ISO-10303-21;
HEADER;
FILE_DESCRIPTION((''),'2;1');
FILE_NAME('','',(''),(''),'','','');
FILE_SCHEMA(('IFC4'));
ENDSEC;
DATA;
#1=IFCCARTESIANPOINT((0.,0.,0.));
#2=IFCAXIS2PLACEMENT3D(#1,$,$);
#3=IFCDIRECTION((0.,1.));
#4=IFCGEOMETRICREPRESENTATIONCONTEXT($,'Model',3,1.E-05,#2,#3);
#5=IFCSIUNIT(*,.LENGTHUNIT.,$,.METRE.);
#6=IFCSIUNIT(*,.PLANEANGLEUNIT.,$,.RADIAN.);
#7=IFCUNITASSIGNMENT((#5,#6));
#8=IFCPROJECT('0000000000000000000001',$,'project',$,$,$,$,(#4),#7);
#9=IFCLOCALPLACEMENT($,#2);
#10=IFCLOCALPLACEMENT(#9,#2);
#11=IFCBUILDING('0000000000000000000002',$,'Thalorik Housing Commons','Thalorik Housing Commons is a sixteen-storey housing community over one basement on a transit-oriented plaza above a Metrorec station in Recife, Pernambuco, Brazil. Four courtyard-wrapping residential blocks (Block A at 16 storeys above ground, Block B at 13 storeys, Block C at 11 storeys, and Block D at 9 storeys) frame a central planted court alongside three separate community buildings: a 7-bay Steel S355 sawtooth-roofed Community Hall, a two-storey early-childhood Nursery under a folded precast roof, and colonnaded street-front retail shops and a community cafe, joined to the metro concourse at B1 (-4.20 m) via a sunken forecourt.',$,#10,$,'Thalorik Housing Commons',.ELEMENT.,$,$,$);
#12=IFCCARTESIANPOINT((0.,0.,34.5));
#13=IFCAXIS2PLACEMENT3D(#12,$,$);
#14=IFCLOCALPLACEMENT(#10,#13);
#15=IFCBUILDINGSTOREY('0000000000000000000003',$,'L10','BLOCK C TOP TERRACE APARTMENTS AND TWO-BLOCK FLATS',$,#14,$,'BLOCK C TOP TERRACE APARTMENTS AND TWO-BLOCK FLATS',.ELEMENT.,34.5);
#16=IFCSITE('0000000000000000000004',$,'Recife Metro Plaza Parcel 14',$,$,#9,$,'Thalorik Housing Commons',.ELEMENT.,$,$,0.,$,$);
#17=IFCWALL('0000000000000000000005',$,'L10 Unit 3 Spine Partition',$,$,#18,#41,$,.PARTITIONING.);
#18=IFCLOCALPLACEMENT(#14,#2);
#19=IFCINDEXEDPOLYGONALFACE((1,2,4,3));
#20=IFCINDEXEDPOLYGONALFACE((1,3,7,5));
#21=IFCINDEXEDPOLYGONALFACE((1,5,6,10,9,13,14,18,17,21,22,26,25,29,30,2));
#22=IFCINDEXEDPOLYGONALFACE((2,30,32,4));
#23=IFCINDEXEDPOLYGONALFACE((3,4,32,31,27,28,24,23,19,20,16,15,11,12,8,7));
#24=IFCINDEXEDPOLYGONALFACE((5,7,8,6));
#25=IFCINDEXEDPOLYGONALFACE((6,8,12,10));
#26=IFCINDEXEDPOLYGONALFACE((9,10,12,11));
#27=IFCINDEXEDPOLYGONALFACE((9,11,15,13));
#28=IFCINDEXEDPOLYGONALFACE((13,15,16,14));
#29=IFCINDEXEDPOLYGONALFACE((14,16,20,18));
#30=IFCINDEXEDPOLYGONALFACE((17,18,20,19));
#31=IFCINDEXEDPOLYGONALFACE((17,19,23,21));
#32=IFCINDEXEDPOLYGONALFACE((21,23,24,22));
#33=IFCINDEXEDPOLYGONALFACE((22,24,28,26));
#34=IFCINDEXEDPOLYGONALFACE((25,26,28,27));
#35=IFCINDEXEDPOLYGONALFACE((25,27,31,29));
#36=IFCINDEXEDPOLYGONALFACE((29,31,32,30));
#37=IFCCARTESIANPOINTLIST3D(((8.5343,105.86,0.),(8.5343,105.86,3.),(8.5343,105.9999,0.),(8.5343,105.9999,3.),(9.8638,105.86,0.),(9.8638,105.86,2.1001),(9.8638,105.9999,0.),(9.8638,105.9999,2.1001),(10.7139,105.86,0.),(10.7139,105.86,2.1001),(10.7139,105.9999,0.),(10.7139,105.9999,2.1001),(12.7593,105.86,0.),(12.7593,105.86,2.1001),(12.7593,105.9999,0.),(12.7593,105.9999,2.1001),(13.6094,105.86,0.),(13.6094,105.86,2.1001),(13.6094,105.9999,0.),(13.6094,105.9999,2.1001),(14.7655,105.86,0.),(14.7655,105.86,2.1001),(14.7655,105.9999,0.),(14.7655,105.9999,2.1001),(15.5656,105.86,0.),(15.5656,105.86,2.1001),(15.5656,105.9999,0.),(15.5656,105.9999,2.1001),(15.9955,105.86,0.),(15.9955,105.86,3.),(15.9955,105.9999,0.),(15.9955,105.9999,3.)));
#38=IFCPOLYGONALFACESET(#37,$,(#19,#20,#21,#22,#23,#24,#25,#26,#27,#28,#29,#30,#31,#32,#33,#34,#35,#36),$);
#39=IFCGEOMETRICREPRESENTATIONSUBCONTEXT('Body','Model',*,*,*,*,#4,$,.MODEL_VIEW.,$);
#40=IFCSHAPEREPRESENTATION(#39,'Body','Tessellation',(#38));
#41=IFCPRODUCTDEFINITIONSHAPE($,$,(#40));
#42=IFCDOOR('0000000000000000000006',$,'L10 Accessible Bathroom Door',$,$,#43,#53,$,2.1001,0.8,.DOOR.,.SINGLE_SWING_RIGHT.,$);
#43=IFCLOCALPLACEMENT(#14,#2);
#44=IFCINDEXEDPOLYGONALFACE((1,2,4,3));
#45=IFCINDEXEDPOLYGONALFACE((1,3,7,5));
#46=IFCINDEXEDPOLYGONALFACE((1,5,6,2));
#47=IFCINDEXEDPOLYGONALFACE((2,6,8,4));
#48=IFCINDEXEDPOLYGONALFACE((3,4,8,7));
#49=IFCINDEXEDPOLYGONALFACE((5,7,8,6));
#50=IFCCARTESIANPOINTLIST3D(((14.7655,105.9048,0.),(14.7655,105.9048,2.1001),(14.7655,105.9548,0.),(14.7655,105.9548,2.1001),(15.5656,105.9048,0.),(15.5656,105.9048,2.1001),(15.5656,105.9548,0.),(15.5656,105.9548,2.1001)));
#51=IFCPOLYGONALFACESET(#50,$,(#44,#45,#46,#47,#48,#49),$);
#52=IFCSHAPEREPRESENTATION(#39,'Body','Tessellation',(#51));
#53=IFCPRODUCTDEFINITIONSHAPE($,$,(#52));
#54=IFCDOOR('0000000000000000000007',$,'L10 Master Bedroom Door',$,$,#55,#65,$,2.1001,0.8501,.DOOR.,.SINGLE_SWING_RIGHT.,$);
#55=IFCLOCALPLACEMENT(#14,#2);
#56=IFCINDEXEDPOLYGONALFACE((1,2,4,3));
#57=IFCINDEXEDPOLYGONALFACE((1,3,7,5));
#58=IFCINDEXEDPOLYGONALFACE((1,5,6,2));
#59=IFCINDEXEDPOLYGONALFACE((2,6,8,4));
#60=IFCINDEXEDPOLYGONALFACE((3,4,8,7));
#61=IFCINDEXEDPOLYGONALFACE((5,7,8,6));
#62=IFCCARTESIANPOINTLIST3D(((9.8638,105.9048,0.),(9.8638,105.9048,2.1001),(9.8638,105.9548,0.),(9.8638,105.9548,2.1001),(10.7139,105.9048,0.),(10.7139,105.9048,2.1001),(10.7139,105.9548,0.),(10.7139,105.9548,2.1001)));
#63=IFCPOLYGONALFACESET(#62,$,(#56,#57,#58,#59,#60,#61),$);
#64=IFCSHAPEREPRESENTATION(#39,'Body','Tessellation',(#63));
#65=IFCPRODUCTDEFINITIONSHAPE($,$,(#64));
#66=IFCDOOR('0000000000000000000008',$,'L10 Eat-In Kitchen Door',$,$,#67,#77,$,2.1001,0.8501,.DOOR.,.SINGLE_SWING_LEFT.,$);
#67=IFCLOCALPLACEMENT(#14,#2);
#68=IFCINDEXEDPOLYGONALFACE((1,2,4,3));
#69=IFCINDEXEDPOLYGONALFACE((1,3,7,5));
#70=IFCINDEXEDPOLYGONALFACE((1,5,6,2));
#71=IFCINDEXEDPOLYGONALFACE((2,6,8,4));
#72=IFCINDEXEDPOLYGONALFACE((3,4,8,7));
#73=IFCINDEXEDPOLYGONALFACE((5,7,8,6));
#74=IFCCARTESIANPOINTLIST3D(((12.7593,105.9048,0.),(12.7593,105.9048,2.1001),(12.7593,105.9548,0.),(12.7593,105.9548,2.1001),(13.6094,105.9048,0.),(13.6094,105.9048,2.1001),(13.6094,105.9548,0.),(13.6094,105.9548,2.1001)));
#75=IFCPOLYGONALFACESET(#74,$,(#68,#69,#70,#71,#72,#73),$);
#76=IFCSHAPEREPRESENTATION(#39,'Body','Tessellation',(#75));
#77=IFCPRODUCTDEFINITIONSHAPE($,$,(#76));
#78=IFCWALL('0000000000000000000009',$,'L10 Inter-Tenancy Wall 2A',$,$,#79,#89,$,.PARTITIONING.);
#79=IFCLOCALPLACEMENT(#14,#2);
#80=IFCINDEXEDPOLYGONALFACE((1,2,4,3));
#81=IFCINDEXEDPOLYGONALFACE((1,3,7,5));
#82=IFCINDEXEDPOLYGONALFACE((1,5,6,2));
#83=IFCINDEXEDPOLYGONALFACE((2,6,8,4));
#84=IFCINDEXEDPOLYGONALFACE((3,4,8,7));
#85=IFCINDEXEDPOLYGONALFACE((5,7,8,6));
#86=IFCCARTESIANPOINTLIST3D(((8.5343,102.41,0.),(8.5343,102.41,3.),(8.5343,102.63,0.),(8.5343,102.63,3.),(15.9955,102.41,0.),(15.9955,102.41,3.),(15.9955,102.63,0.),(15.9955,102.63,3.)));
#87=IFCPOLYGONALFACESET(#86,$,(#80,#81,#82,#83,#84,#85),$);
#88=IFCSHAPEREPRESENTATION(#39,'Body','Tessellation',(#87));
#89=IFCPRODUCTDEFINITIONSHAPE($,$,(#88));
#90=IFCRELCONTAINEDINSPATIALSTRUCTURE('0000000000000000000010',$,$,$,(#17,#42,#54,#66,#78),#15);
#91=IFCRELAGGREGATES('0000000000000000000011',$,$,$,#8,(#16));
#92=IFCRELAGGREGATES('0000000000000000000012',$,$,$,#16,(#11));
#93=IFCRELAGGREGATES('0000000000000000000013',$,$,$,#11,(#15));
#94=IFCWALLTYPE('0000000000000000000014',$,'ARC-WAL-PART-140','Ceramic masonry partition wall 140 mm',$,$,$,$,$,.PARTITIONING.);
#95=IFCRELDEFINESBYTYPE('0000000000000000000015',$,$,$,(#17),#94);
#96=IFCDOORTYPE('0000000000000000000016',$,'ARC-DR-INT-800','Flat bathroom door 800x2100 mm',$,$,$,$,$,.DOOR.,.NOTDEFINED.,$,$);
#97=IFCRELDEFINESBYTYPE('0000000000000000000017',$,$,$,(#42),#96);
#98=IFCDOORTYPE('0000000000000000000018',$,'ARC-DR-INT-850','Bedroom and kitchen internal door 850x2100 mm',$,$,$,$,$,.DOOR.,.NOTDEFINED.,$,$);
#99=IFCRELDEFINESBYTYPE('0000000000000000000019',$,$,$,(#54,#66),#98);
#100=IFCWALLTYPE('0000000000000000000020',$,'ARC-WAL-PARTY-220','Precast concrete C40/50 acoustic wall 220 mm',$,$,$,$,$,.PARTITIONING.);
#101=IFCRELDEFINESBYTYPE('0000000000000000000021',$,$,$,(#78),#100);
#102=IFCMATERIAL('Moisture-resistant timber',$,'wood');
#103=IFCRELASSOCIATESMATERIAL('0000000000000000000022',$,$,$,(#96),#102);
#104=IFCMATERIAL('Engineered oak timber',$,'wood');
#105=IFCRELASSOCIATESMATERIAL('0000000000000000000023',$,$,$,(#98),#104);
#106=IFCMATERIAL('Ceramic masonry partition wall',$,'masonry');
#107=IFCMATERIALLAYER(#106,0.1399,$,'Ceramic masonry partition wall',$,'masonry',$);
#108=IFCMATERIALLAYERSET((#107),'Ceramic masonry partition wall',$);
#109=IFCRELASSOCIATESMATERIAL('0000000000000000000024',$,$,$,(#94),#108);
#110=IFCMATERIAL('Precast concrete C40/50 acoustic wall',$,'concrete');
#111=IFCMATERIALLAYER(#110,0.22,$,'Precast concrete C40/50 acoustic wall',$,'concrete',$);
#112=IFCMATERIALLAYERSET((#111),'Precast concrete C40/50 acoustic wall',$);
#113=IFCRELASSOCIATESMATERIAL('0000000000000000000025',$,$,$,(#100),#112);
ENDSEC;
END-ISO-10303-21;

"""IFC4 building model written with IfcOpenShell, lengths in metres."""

from ifc_helpers import new_model, si_unit, direction, frame, frame_2d, origin, place, context, subcontext, project, spatial, rectangle, extrude, material, layer, layer_set, type_object, element, fill, save


model = new_model("IFC4")

# Units and contexts
model_context = context("Model", 3, precision=1e-05, world=origin(), true_north=direction((0.0, 1.0)))
body_context = subcontext(model_context, "Body", "Model", "MODEL_VIEW")
ifc_project = project(units=[si_unit("LENGTHUNIT", "METRE"), si_unit("PLANEANGLEUNIT", "RADIAN")], contexts=[model_context])

# Site, building, storey
site_placement = place(None, origin())
site = spatial("IfcSite", under=ifc_project, at=site_placement, Name="Recife Metro Plaza Parcel 14", LongName="Thalorik Housing Commons", CompositionType="ELEMENT", RefElevation=0.0)
building_placement = place(site_placement, origin())
building = spatial("IfcBuilding", under=site, at=building_placement, Name="Thalorik Housing Commons", Description="Thalorik Housing Commons is a sixteen-storey housing community over one basement on a transit-oriented plaza above a Metrorec station in Recife, Pernambuco, Brazil. Four courtyard-wrapping residential blocks (Block A at 16 storeys above ground, Block B at 13 storeys, Block C at 11 storeys, and Block D at 9 storeys) frame a central planted court alongside three separate community buildings: a 7-bay Steel S355 sawtooth-roofed Community Hall, a two-storey early-childhood Nursery under a folded precast roof, and colonnaded street-front retail shops and a community cafe, joined to the metro concourse at B1 (-4.20 m) via a sunken forecourt.", LongName="Thalorik Housing Commons", CompositionType="ELEMENT")
storey_placement = place(building_placement, frame((0.0, 0.0, 34.5)))
storey = spatial("IfcBuildingStorey", under=building, at=storey_placement, Name="L10", Description="BLOCK C TOP TERRACE APARTMENTS AND TWO-BLOCK FLATS", LongName="BLOCK C TOP TERRACE APARTMENTS AND TWO-BLOCK FLATS", CompositionType="ELEMENT", Elevation=34.5)

# Shared definitions
ifc_material_1 = material(Name="Moisture-resistant timber", Category="wood")
door_type_1 = type_object("IfcDoorType", Name="ARC-DR-INT-800", Description="Flat bathroom door 800x2100 mm", OperationType="NOTDEFINED", PredefinedType="DOOR", material=ifc_material_1)
ifc_material_2 = material(Name="Engineered oak timber", Category="wood")
door_type_2 = type_object("IfcDoorType", Name="ARC-DR-INT-850", Description="Bedroom and kitchen internal door 850x2100 mm", OperationType="NOTDEFINED", PredefinedType="DOOR", material=ifc_material_2)

# Wall, openings, doors
ifc_material_3 = material(Name="Ceramic masonry partition wall", Category="masonry")
ifc_layer_1 = layer(ifc_material_3, 0.1399, Name="Ceramic masonry partition wall", Category="masonry")
ifc_layer_set_1 = layer_set([ifc_layer_1], Name="Ceramic masonry partition wall")
wall_type_1 = type_object("IfcWallType", Name="ARC-WAL-PART-140", Description="Ceramic masonry partition wall 140 mm", PredefinedType="PARTITIONING", material=ifc_layer_set_1)
wall_1_placement = place(storey_placement, frame((8.5344, 105.9299, 0.0), z_axis=(0.0, 0.0, 1.0), x_axis=(1.0, 0.0, 0.0)))
wall_1 = element("IfcWall", 1, at=wall_1_placement, inside=storey, type_object=wall_type_1, Name="L10 Unit 3 Spine Partition", PredefinedType="PARTITIONING", context=body_context, shape_type="SweptSolid", body=[
    extrude(rectangle(XDim=7.4612, YDim=0.1399, at=frame_2d((3.7305, 0.0))), origin(), (0.0, 0.0, 1.0), 3.0),
])
opening_1_placement = place(wall_1_placement, frame((1.3293, 0.0, 0.0)))
opening_1 = element("IfcOpeningElement", 2, at=opening_1_placement, cuts=wall_1, PredefinedType="OPENING", context=body_context, shape_type="SweptSolid", body=[
    extrude(rectangle(XDim=0.8501, YDim=2.1001, at=frame_2d((0.425, 1.05))), frame((0.0, 0.0801, 0.0), z_axis=(0.0, -1.0, 0.0), x_axis=(1.0, 0.0, 0.0)), (0.0, 0.0, 1.0), 0.1599),
])
opening_2_placement = place(wall_1_placement, frame((4.2249, 0.0, 0.0)))
opening_2 = element("IfcOpeningElement", 3, at=opening_2_placement, cuts=wall_1, PredefinedType="OPENING", context=body_context, shape_type="SweptSolid", body=[
    extrude(rectangle(XDim=0.8501, YDim=2.1001, at=frame_2d((0.425, 1.05))), frame((0.0, 0.0801, 0.0), z_axis=(0.0, -1.0, 0.0), x_axis=(1.0, 0.0, 0.0)), (0.0, 0.0, 1.0), 0.1599),
])
opening_3_placement = place(wall_1_placement, frame((6.2312, 0.0, 0.0)))
opening_3 = element("IfcOpeningElement", 4, at=opening_3_placement, cuts=wall_1, PredefinedType="OPENING", context=body_context, shape_type="SweptSolid", body=[
    extrude(rectangle(XDim=0.8, YDim=2.1001, at=frame_2d((0.3999, 1.05))), frame((0.0, 0.0801, 0.0), z_axis=(0.0, -1.0, 0.0), x_axis=(1.0, 0.0, 0.0)), (0.0, 0.0, 1.0), 0.1599),
])
door_1_placement = place(opening_3_placement, origin())
door_1 = element("IfcDoor", 5, at=door_1_placement, inside=storey, type_object=door_type_1, Name="L10 Accessible Bathroom Door", OperationType="SINGLE_SWING_RIGHT", OverallHeight=2.1001, OverallWidth=0.8, PredefinedType="DOOR", context=body_context, shape_type="SweptSolid", body=[
    extrude(rectangle(XDim=0.8, YDim=2.1001, at=frame_2d((0.3999, 1.05))), frame((0.0, 0.0249, 0.0), z_axis=(0.0, -1.0, 0.0), x_axis=(1.0, 0.0, 0.0)), (0.0, 0.0, 1.0), 0.05),
])
fill(opening_3, door_1)
door_2_placement = place(opening_1_placement, origin())
door_2 = element("IfcDoor", 6, at=door_2_placement, inside=storey, type_object=door_type_2, Name="L10 Master Bedroom Door", OperationType="SINGLE_SWING_RIGHT", OverallHeight=2.1001, OverallWidth=0.8501, PredefinedType="DOOR", context=body_context, shape_type="SweptSolid", body=[
    extrude(rectangle(XDim=0.8501, YDim=2.1001, at=frame_2d((0.425, 1.05))), frame((0.0, 0.0249, 0.0), z_axis=(0.0, -1.0, 0.0), x_axis=(1.0, 0.0, 0.0)), (0.0, 0.0, 1.0), 0.05),
])
fill(opening_1, door_2)
door_3_placement = place(opening_2_placement, origin())
door_3 = element("IfcDoor", 7, at=door_3_placement, inside=storey, type_object=door_type_2, Name="L10 Eat-In Kitchen Door", OperationType="SINGLE_SWING_LEFT", OverallHeight=2.1001, OverallWidth=0.8501, PredefinedType="DOOR", context=body_context, shape_type="SweptSolid", body=[
    extrude(rectangle(XDim=0.8501, YDim=2.1001, at=frame_2d((0.425, 1.05))), frame((0.0, 0.0249, 0.0), z_axis=(0.0, -1.0, 0.0), x_axis=(1.0, 0.0, 0.0)), (0.0, 0.0, 1.0), 0.05),
])
fill(opening_2, door_3)

# Wall
ifc_material_4 = material(Name="Precast concrete C40/50 acoustic wall", Category="concrete")
ifc_layer_2 = layer(ifc_material_4, 0.22, Name="Precast concrete C40/50 acoustic wall", Category="concrete")
ifc_layer_set_2 = layer_set([ifc_layer_2], Name="Precast concrete C40/50 acoustic wall")
wall_type_2 = type_object("IfcWallType", Name="ARC-WAL-PARTY-220", Description="Precast concrete C40/50 acoustic wall 220 mm", PredefinedType="PARTITIONING", material=ifc_layer_set_2)
wall_2_placement = place(storey_placement, frame((8.5344, 102.52, 0.0), z_axis=(0.0, 0.0, 1.0), x_axis=(1.0, 0.0, 0.0)))
element("IfcWall", 8, at=wall_2_placement, inside=storey, type_object=wall_type_2, Name="L10 Inter-Tenancy Wall 2A", PredefinedType="PARTITIONING", context=body_context, shape_type="SweptSolid", body=[
    extrude(rectangle(XDim=7.4612, YDim=0.22, at=frame_2d((3.7305, 0.0))), origin(), (0.0, 0.0, 1.0), 3.0),
])

save(model, "model.ifc")
